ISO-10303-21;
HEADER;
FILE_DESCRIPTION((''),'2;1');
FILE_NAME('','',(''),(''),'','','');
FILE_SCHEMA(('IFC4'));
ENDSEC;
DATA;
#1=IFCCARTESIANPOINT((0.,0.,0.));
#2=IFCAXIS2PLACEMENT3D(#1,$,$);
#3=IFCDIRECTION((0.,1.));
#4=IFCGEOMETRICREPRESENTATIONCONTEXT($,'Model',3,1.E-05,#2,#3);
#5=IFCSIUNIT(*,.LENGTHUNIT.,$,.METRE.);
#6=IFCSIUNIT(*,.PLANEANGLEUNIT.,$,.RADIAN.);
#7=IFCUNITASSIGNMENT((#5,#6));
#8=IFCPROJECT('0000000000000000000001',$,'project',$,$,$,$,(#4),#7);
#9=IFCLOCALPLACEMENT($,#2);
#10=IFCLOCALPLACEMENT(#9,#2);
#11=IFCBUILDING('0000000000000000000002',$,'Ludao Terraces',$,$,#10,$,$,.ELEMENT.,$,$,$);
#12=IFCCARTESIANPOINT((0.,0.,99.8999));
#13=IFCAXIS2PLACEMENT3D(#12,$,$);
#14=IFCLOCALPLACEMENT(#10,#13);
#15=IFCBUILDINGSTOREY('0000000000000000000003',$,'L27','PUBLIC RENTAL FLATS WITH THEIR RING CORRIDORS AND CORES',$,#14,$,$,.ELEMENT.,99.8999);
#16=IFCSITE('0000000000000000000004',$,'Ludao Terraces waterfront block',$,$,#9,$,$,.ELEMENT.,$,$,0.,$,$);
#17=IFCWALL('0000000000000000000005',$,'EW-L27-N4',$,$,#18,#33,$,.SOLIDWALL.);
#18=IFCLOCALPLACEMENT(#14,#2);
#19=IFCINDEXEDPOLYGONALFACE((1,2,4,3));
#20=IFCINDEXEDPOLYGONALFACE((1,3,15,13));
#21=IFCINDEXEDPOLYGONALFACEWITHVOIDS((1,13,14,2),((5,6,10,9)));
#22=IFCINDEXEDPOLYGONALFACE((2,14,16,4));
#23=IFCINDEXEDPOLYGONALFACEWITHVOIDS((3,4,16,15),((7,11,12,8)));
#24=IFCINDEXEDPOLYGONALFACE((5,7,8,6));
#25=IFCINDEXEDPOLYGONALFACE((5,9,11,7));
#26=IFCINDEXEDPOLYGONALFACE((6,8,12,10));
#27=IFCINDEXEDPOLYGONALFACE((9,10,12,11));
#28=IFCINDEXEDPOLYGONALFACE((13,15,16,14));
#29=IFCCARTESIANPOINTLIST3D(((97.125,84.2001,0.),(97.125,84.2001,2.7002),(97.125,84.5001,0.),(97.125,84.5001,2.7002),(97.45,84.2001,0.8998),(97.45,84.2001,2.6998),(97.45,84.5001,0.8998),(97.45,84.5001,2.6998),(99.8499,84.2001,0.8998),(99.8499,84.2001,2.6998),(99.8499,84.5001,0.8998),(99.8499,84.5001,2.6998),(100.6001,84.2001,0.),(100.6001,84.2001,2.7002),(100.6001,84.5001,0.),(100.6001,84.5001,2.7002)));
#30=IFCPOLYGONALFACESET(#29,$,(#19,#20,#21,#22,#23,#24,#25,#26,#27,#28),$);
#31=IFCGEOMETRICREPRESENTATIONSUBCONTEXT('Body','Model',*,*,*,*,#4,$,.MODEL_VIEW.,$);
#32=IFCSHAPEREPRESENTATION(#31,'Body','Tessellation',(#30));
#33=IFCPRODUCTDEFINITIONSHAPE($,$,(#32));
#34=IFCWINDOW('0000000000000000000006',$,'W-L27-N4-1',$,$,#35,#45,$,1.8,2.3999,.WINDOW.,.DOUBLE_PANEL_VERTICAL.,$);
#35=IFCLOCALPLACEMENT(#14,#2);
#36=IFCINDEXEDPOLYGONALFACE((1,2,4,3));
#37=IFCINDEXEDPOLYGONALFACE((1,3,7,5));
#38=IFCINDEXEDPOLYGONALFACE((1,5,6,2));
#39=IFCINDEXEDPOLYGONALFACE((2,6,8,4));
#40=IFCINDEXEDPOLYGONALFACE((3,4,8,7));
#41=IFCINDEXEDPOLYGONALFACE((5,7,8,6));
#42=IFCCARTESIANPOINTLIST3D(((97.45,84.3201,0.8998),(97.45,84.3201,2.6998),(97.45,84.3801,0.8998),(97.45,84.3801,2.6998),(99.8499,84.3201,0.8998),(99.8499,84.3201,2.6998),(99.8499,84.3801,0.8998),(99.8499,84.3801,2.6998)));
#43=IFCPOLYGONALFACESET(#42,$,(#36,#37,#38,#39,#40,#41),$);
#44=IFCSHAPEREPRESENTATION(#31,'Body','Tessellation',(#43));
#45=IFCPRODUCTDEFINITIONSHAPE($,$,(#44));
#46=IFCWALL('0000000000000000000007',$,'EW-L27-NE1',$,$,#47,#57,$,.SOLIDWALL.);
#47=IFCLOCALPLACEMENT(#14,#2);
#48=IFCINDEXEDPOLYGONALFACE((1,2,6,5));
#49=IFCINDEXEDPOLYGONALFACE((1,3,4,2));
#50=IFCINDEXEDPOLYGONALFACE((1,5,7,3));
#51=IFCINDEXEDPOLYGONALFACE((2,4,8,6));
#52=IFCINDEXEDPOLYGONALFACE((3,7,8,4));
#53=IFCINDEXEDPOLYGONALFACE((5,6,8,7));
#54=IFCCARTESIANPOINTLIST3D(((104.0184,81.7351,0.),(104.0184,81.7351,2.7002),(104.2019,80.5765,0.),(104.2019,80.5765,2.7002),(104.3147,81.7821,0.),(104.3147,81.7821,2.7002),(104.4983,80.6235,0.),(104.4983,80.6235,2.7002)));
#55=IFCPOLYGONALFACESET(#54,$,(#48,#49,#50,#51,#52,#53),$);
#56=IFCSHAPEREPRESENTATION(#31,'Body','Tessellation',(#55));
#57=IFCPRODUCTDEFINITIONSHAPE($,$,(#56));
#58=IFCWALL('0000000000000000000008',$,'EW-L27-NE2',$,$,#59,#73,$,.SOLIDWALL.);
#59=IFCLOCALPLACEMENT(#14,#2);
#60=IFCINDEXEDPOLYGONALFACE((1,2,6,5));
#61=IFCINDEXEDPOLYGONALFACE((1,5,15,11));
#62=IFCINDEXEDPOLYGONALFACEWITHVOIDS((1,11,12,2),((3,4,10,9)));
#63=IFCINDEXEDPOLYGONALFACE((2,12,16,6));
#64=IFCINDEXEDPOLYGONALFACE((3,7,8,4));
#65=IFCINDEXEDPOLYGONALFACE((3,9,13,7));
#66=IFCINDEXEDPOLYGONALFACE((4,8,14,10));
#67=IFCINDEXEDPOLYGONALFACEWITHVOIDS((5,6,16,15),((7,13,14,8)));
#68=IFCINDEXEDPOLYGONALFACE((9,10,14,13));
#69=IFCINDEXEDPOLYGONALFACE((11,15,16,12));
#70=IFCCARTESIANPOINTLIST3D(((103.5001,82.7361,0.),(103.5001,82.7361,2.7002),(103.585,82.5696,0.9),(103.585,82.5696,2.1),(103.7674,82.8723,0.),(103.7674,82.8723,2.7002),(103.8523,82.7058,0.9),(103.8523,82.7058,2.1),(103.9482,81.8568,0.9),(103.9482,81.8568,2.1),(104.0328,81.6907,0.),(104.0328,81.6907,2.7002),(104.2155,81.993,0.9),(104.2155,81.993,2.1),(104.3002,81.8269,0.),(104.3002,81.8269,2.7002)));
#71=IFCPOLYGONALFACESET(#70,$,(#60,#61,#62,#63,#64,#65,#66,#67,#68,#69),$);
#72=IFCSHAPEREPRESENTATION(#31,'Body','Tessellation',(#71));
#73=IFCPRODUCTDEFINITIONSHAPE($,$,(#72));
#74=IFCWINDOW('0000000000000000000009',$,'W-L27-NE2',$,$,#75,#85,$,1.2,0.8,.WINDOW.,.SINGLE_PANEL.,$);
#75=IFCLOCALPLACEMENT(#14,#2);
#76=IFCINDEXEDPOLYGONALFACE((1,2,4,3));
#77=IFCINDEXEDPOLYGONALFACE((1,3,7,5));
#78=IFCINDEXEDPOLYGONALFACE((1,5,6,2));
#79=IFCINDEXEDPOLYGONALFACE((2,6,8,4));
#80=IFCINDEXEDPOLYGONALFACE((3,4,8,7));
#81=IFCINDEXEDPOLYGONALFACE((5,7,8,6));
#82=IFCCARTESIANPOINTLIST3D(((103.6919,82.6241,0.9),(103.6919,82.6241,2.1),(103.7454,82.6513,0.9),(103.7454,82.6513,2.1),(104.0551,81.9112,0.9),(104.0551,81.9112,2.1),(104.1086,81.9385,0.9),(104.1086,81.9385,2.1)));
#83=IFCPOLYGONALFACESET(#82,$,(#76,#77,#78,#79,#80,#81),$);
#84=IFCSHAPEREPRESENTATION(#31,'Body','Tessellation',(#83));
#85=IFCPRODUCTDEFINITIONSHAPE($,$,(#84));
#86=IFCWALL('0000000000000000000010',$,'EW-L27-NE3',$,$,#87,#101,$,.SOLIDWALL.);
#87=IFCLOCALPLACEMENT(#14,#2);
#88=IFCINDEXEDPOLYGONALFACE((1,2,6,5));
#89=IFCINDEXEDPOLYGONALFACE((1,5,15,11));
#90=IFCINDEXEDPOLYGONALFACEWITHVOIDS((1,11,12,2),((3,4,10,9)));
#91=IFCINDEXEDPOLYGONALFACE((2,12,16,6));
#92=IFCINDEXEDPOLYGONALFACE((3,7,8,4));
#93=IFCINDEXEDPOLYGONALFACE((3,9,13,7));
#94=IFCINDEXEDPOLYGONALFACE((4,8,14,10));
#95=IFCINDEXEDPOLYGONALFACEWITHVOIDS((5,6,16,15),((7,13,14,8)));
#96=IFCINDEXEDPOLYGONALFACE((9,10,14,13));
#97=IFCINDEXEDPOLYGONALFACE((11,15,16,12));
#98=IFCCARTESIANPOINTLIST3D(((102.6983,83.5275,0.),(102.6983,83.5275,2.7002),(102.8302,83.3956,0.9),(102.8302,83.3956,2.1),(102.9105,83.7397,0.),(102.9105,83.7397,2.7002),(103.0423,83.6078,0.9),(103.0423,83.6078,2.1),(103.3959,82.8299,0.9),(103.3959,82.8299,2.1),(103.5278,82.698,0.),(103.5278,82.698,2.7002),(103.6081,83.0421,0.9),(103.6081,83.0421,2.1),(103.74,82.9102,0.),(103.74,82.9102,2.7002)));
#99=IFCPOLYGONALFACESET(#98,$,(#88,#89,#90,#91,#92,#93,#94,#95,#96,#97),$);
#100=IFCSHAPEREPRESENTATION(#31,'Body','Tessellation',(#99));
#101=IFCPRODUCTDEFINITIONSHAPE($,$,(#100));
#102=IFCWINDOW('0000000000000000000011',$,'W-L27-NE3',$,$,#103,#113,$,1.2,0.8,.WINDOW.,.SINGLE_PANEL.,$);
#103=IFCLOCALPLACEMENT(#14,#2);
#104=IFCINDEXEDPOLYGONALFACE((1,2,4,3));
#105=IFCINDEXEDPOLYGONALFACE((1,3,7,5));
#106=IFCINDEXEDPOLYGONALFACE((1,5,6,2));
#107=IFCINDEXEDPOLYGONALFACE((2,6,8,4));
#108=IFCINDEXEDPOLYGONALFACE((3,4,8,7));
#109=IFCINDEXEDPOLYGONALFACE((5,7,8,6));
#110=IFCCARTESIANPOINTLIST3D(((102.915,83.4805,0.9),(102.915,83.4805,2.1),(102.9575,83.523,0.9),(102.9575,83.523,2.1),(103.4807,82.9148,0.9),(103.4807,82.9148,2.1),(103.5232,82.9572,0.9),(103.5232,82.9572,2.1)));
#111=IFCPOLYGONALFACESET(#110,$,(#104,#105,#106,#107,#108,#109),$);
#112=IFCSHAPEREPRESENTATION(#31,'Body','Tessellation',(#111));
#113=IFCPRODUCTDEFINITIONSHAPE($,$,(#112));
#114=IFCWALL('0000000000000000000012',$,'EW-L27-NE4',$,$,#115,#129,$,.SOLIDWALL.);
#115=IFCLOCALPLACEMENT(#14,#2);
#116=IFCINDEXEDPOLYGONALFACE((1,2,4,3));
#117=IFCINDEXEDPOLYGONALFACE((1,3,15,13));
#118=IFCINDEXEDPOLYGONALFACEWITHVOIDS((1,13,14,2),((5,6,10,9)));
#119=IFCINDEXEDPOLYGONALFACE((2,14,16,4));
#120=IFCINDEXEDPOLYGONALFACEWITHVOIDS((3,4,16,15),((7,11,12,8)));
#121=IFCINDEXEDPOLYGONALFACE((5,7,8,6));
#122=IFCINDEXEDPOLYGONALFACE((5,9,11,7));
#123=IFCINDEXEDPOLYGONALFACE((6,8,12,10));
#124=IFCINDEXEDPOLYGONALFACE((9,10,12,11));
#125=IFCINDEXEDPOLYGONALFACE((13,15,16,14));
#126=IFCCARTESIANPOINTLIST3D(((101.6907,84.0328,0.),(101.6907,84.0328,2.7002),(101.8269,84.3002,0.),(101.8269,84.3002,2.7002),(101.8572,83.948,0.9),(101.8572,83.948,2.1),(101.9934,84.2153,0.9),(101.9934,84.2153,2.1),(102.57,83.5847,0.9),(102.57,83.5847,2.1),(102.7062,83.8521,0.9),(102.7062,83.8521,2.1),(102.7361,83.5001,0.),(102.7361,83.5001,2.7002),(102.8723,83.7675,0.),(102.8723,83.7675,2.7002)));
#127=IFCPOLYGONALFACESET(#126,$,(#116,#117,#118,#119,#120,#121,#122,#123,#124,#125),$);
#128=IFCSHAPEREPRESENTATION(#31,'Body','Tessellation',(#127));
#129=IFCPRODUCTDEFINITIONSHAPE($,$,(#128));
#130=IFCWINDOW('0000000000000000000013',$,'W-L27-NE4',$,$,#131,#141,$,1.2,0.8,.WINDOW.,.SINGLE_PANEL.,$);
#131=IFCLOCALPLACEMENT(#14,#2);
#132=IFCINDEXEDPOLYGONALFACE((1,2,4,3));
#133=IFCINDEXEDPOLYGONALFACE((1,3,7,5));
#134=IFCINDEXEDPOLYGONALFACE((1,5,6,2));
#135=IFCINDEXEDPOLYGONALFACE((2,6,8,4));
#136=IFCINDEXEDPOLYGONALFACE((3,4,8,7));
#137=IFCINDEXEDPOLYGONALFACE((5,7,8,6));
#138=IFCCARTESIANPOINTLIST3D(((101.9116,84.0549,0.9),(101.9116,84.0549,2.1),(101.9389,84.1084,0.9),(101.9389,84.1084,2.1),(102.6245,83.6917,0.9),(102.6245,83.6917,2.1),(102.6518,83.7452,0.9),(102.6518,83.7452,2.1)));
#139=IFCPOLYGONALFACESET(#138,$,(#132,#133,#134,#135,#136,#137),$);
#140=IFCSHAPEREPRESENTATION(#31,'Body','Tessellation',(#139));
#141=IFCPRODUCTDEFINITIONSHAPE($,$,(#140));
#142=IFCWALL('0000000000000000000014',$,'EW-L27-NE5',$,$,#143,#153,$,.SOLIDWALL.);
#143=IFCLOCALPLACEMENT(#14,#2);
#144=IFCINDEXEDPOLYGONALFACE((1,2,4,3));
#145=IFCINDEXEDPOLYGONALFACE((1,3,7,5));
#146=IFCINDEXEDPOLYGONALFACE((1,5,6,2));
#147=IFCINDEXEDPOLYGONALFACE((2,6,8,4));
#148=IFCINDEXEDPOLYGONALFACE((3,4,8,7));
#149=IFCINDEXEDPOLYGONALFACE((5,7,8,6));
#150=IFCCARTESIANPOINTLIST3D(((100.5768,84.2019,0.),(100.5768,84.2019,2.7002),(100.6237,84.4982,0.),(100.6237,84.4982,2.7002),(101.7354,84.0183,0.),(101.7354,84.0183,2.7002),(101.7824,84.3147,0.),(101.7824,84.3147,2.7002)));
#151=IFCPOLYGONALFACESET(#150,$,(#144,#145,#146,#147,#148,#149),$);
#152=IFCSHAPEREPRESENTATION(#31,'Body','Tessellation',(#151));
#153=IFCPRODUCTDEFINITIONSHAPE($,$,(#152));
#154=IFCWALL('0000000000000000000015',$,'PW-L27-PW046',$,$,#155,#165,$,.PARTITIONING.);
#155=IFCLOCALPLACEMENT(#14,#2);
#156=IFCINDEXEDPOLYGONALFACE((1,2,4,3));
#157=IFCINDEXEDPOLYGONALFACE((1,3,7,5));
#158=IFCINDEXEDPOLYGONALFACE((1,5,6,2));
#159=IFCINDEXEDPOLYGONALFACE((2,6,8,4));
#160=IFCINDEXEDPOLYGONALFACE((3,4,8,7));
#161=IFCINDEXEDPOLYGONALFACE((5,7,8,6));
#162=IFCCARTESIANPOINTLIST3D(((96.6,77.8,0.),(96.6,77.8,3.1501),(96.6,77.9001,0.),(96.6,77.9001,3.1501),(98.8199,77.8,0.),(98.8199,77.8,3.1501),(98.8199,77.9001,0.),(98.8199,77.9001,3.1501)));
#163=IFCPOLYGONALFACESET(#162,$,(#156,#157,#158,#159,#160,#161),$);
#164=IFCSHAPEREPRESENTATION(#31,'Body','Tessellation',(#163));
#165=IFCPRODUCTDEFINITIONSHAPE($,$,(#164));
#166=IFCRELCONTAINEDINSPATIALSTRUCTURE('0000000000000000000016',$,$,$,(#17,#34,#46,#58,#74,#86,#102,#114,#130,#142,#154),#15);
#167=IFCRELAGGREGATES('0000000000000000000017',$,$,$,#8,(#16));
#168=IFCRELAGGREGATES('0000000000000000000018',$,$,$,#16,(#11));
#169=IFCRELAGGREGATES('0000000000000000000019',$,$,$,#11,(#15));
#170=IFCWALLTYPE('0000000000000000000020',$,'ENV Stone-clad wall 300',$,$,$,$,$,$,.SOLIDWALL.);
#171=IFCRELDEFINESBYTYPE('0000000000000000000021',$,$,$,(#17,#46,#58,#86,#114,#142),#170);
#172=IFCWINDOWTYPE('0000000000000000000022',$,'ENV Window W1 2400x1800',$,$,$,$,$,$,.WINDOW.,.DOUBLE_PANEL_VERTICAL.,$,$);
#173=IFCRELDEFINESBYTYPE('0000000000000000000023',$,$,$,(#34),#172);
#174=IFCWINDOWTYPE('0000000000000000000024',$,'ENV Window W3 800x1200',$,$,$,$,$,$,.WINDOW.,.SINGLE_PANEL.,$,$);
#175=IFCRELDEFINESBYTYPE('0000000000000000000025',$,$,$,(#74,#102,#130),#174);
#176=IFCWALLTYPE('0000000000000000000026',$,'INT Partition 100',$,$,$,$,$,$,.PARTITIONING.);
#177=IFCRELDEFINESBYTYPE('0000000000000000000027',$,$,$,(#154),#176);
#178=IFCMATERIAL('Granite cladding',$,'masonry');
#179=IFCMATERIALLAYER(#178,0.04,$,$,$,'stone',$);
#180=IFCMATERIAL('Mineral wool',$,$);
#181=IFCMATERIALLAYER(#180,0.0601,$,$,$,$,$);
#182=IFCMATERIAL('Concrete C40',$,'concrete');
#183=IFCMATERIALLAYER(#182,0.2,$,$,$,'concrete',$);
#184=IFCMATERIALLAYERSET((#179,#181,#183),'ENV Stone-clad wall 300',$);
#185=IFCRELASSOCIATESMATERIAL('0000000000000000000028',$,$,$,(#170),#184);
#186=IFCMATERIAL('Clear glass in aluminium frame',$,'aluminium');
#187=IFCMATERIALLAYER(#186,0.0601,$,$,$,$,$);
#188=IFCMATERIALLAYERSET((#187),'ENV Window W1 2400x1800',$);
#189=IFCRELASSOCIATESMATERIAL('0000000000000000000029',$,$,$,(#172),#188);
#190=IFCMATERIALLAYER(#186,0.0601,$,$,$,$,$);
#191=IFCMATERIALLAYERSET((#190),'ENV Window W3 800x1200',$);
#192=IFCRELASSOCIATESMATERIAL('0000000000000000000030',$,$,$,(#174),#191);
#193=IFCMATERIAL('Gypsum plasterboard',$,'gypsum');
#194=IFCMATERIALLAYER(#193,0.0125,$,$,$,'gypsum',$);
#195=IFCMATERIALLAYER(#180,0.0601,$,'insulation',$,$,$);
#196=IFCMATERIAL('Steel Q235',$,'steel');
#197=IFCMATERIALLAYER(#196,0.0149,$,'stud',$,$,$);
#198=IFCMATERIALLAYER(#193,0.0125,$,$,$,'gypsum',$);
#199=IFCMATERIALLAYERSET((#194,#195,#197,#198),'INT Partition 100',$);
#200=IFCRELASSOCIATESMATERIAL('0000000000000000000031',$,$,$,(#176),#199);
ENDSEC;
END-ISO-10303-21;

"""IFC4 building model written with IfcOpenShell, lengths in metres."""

from ifc_helpers import new_model, si_unit, direction, frame, frame_2d, origin, place, context, subcontext, project, spatial, rectangle, extrude, material, layer, layer_set, type_object, element, fill, save


model = new_model("IFC4")

# Units and contexts
model_context = context("Model", 3, precision=1e-05, world=origin(), true_north=direction((0.0, 1.0)))
body_context = subcontext(model_context, "Body", "Model", "MODEL_VIEW")
ifc_project = project(units=[si_unit("LENGTHUNIT", "METRE"), si_unit("PLANEANGLEUNIT", "RADIAN")], contexts=[model_context])

# Site, building, storey
site_placement = place(None, origin())
site = spatial("IfcSite", under=ifc_project, at=site_placement, Name="Ludao Terraces waterfront block", CompositionType="ELEMENT", RefElevation=0.0)
building_placement = place(site_placement, origin())
building = spatial("IfcBuilding", under=site, at=building_placement, Name="Ludao Terraces", CompositionType="ELEMENT")
storey_placement = place(building_placement, frame((0.0, 0.0, 99.8999)))
storey = spatial("IfcBuildingStorey", under=building, at=storey_placement, Name="L27", Description="PUBLIC RENTAL FLATS WITH THEIR RING CORRIDORS AND CORES", CompositionType="ELEMENT", Elevation=99.8999)

# Shared definitions
ifc_material_1 = material(Name="Concrete C40", Category="concrete")

# Shared definitions
ifc_material_2 = material(Name="Steel Q235", Category="steel")

# Shared definitions
ifc_material_3 = material(Name="Granite cladding", Category="masonry")
ifc_layer_1 = layer(ifc_material_3, 0.04, Category="stone")
ifc_material_4 = material(Name="Mineral wool")
ifc_layer_2 = layer(ifc_material_4, 0.0601)
ifc_layer_3 = layer(ifc_material_1, 0.2, Category="concrete")
ifc_layer_set_1 = layer_set([ifc_layer_1, ifc_layer_2, ifc_layer_3], Name="ENV Stone-clad wall 300")
wall_type_1 = type_object("IfcWallType", Name="ENV Stone-clad wall 300", PredefinedType="SOLIDWALL", material=ifc_layer_set_1)
ifc_material_5 = material(Name="Clear glass in aluminium frame", Category="aluminium")
ifc_layer_4 = layer(ifc_material_5, 0.0601)
ifc_layer_set_2 = layer_set([ifc_layer_4], Name="ENV Window W1 2400x1800")
window_type_1 = type_object("IfcWindowType", Name="ENV Window W1 2400x1800", PartitioningType="DOUBLE_PANEL_VERTICAL", PredefinedType="WINDOW", material=ifc_layer_set_2)

# Wall, opening, window
wall_1_placement = place(storey_placement, frame((97.125, 84.3501, 0.0), z_axis=(0.0, 0.0, 1.0), x_axis=(1.0, 0.0, 0.0)))
wall_1 = element("IfcWall", 1, at=wall_1_placement, inside=storey, type_object=wall_type_1, Name="EW-L27-N4", PredefinedType="SOLIDWALL", context=body_context, shape_type="SweptSolid", body=[
    extrude(rectangle(XDim=3.4751, YDim=0.3, at=frame_2d((1.7375, 0.0))), origin(), (0.0, 0.0, 1.0), 2.7002),
])
opening_1_placement = place(wall_1_placement, frame((0.325, 0.0, 0.8999)))
opening_1 = element("IfcOpeningElement", 2, at=opening_1_placement, cuts=wall_1, PredefinedType="OPENING", context=body_context, shape_type="SweptSolid", body=[
    extrude(rectangle(XDim=2.3999, YDim=1.8, at=frame_2d((1.2, 0.8999))), frame((0.0, 0.1602, 0.0), z_axis=(0.0, -1.0, 0.0), x_axis=(1.0, 0.0, 0.0)), (0.0, 0.0, 1.0), 0.3201),
])
window_1_placement = place(opening_1_placement, origin())
window_1 = element("IfcWindow", 3, at=window_1_placement, inside=storey, type_object=window_type_1, Name="W-L27-N4-1", OverallHeight=1.8, OverallWidth=2.3999, PartitioningType="DOUBLE_PANEL_VERTICAL", PredefinedType="WINDOW", context=body_context, shape_type="SweptSolid", body=[
    extrude(rectangle(XDim=2.3999, YDim=1.8, at=frame_2d((1.2, 0.8999))), frame((0.0, 0.03, 0.0), z_axis=(0.0, -1.0, 0.0), x_axis=(1.0, 0.0, 0.0)), (0.0, 0.0, 1.0), 0.0601),
])
fill(opening_1, window_1)

# Wall
wall_2_placement = place(storey_placement, frame((104.3501, 80.6001, 0.0), z_axis=(0.0, 0.0, 1.0), x_axis=(-0.156497, 0.987678, 0.0)))
element("IfcWall", 4, at=wall_2_placement, inside=storey, type_object=wall_type_1, Name="EW-L27-NE1", PredefinedType="SOLIDWALL", context=body_context, shape_type="SweptSolid", body=[
    extrude(rectangle(XDim=1.1731, YDim=0.3, at=frame_2d((0.5864, 0.0))), origin(), (0.0, 0.0, 1.0), 2.7002),
])

# Walls, openings, windows
wall_3_placement = place(storey_placement, frame((104.1665, 81.7588, 0.0), z_axis=(0.0, 0.0, 1.0), x_axis=(-0.454026, 0.890989, 0.0)))
wall_3 = element("IfcWall", 5, at=wall_3_placement, inside=storey, type_object=wall_type_1, Name="EW-L27-NE2", PredefinedType="SOLIDWALL", context=body_context, shape_type="SweptSolid", body=[
    extrude(rectangle(XDim=1.1733, YDim=0.3, at=frame_2d((0.5867, 0.0))), origin(), (0.0, 0.0, 1.0), 2.7002),
])
opening_2_placement = place(wall_3_placement, frame((0.1865, 0.0, 0.8999)))
opening_2 = element("IfcOpeningElement", 6, at=opening_2_placement, cuts=wall_3, PredefinedType="OPENING", context=body_context, shape_type="SweptSolid", body=[
    extrude(rectangle(XDim=0.8, YDim=1.2, at=frame_2d((0.3999, 0.6001))), frame((0.0, 0.1602, 0.0), z_axis=(0.0, -1.0, 0.0), x_axis=(1.0, 0.0, 0.0)), (0.0, 0.0, 1.0), 0.3201),
])
ifc_layer_5 = layer(ifc_material_5, 0.0601)
ifc_layer_set_3 = layer_set([ifc_layer_5], Name="ENV Window W3 800x1200")
window_type_2 = type_object("IfcWindowType", Name="ENV Window W3 800x1200", PartitioningType="SINGLE_PANEL", PredefinedType="WINDOW", material=ifc_layer_set_3)
window_2_placement = place(opening_2_placement, origin())
window_2 = element("IfcWindow", 7, at=window_2_placement, inside=storey, type_object=window_type_2, Name="W-L27-NE2", OverallHeight=1.2, OverallWidth=0.8, PartitioningType="SINGLE_PANEL", PredefinedType="WINDOW", context=body_context, shape_type="SweptSolid", body=[
    extrude(rectangle(XDim=0.8, YDim=1.2, at=frame_2d((0.3999, 0.6001))), frame((0.0, 0.03, 0.0), z_axis=(0.0, -1.0, 0.0), x_axis=(1.0, 0.0, 0.0)), (0.0, 0.0, 1.0), 0.0601),
])
fill(opening_2, window_2)
wall_4_placement = place(storey_placement, frame((103.6338, 82.8042, 0.0), z_axis=(0.0, 0.0, 1.0), x_axis=(-0.707107, 0.707107, 0.0)))
wall_4 = element("IfcWall", 8, at=wall_4_placement, inside=storey, type_object=wall_type_1, Name="EW-L27-NE3", PredefinedType="SOLIDWALL", context=body_context, shape_type="SweptSolid", body=[
    extrude(rectangle(XDim=1.1731, YDim=0.3, at=frame_2d((0.5864, 0.0))), origin(), (0.0, 0.0, 1.0), 2.7002),
])
opening_3_placement = place(wall_4_placement, frame((0.1865, 0.0, 0.8999)))
opening_3 = element("IfcOpeningElement", 9, at=opening_3_placement, cuts=wall_4, PredefinedType="OPENING", context=body_context, shape_type="SweptSolid", body=[
    extrude(rectangle(XDim=0.8, YDim=1.2, at=frame_2d((0.3999, 0.6001))), frame((0.0, 0.1602, 0.0), z_axis=(0.0, -1.0, 0.0), x_axis=(1.0, 0.0, 0.0)), (0.0, 0.0, 1.0), 0.3201),
])
window_3_placement = place(opening_3_placement, origin())
window_3 = element("IfcWindow", 10, at=window_3_placement, inside=storey, type_object=window_type_2, Name="W-L27-NE3", OverallHeight=1.2, OverallWidth=0.8, PartitioningType="SINGLE_PANEL", PredefinedType="WINDOW", context=body_context, shape_type="SweptSolid", body=[
    extrude(rectangle(XDim=0.8, YDim=1.2, at=frame_2d((0.3999, 0.6001))), frame((0.0, 0.03, 0.0), z_axis=(0.0, -1.0, 0.0), x_axis=(1.0, 0.0, 0.0)), (0.0, 0.0, 1.0), 0.0601),
])
fill(opening_3, window_3)
wall_5_placement = place(storey_placement, frame((102.8042, 83.6338, 0.0), z_axis=(0.0, 0.0, 1.0), x_axis=(-0.890989, 0.454026, 0.0)))
wall_5 = element("IfcWall", 11, at=wall_5_placement, inside=storey, type_object=wall_type_1, Name="EW-L27-NE4", PredefinedType="SOLIDWALL", context=body_context, shape_type="SweptSolid", body=[
    extrude(rectangle(XDim=1.1733, YDim=0.3, at=frame_2d((0.5867, 0.0))), origin(), (0.0, 0.0, 1.0), 2.7002),
])
opening_4_placement = place(wall_5_placement, frame((0.1865, 0.0, 0.8999)))
opening_4 = element("IfcOpeningElement", 12, at=opening_4_placement, cuts=wall_5, PredefinedType="OPENING", context=body_context, shape_type="SweptSolid", body=[
    extrude(rectangle(XDim=0.8, YDim=1.2, at=frame_2d((0.3999, 0.6001))), frame((0.0, 0.1602, 0.0), z_axis=(0.0, -1.0, 0.0), x_axis=(1.0, 0.0, 0.0)), (0.0, 0.0, 1.0), 0.3201),
])
window_4_placement = place(opening_4_placement, origin())
window_4 = element("IfcWindow", 13, at=window_4_placement, inside=storey, type_object=window_type_2, Name="W-L27-NE4", OverallHeight=1.2, OverallWidth=0.8, PartitioningType="SINGLE_PANEL", PredefinedType="WINDOW", context=body_context, shape_type="SweptSolid", body=[
    extrude(rectangle(XDim=0.8, YDim=1.2, at=frame_2d((0.3999, 0.6001))), frame((0.0, 0.03, 0.0), z_axis=(0.0, -1.0, 0.0), x_axis=(1.0, 0.0, 0.0)), (0.0, 0.0, 1.0), 0.0601),
])
fill(opening_4, window_4)

# Walls
wall_6_placement = place(storey_placement, frame((101.7588, 84.1665, 0.0), z_axis=(0.0, 0.0, 1.0), x_axis=(-0.987678, 0.156497, 0.0)))
element("IfcWall", 14, at=wall_6_placement, inside=storey, type_object=wall_type_1, Name="EW-L27-NE5", PredefinedType="SOLIDWALL", context=body_context, shape_type="SweptSolid", body=[
    extrude(rectangle(XDim=1.1731, YDim=0.3, at=frame_2d((0.5864, 0.0))), origin(), (0.0, 0.0, 1.0), 2.7002),
])
ifc_material_6 = material(Name="Gypsum plasterboard", Category="gypsum")
ifc_layer_6 = layer(ifc_material_6, 0.0125, Category="gypsum")
ifc_layer_7 = layer(ifc_material_4, 0.0601, Name="insulation")
ifc_layer_8 = layer(ifc_material_2, 0.0149, Name="stud")
ifc_layer_9 = layer(ifc_material_6, 0.0125, Category="gypsum")
ifc_layer_set_4 = layer_set([ifc_layer_6, ifc_layer_7, ifc_layer_8, ifc_layer_9], Name="INT Partition 100")
wall_type_2 = type_object("IfcWallType", Name="INT Partition 100", PredefinedType="PARTITIONING", material=ifc_layer_set_4)
wall_7_placement = place(storey_placement, frame((96.6001, 77.8501, 0.0), z_axis=(0.0, 0.0, 1.0), x_axis=(1.0, 0.0, 0.0)))
element("IfcWall", 15, at=wall_7_placement, inside=storey, type_object=wall_type_2, Name="PW-L27-PW046", PredefinedType="PARTITIONING", context=body_context, shape_type="SweptSolid", body=[
    extrude(rectangle(XDim=2.22, YDim=0.1001, at=frame_2d((1.1099, 0.0))), origin(), (0.0, 0.0, 1.0), 3.1501),
])

save(model, "model.ifc")
